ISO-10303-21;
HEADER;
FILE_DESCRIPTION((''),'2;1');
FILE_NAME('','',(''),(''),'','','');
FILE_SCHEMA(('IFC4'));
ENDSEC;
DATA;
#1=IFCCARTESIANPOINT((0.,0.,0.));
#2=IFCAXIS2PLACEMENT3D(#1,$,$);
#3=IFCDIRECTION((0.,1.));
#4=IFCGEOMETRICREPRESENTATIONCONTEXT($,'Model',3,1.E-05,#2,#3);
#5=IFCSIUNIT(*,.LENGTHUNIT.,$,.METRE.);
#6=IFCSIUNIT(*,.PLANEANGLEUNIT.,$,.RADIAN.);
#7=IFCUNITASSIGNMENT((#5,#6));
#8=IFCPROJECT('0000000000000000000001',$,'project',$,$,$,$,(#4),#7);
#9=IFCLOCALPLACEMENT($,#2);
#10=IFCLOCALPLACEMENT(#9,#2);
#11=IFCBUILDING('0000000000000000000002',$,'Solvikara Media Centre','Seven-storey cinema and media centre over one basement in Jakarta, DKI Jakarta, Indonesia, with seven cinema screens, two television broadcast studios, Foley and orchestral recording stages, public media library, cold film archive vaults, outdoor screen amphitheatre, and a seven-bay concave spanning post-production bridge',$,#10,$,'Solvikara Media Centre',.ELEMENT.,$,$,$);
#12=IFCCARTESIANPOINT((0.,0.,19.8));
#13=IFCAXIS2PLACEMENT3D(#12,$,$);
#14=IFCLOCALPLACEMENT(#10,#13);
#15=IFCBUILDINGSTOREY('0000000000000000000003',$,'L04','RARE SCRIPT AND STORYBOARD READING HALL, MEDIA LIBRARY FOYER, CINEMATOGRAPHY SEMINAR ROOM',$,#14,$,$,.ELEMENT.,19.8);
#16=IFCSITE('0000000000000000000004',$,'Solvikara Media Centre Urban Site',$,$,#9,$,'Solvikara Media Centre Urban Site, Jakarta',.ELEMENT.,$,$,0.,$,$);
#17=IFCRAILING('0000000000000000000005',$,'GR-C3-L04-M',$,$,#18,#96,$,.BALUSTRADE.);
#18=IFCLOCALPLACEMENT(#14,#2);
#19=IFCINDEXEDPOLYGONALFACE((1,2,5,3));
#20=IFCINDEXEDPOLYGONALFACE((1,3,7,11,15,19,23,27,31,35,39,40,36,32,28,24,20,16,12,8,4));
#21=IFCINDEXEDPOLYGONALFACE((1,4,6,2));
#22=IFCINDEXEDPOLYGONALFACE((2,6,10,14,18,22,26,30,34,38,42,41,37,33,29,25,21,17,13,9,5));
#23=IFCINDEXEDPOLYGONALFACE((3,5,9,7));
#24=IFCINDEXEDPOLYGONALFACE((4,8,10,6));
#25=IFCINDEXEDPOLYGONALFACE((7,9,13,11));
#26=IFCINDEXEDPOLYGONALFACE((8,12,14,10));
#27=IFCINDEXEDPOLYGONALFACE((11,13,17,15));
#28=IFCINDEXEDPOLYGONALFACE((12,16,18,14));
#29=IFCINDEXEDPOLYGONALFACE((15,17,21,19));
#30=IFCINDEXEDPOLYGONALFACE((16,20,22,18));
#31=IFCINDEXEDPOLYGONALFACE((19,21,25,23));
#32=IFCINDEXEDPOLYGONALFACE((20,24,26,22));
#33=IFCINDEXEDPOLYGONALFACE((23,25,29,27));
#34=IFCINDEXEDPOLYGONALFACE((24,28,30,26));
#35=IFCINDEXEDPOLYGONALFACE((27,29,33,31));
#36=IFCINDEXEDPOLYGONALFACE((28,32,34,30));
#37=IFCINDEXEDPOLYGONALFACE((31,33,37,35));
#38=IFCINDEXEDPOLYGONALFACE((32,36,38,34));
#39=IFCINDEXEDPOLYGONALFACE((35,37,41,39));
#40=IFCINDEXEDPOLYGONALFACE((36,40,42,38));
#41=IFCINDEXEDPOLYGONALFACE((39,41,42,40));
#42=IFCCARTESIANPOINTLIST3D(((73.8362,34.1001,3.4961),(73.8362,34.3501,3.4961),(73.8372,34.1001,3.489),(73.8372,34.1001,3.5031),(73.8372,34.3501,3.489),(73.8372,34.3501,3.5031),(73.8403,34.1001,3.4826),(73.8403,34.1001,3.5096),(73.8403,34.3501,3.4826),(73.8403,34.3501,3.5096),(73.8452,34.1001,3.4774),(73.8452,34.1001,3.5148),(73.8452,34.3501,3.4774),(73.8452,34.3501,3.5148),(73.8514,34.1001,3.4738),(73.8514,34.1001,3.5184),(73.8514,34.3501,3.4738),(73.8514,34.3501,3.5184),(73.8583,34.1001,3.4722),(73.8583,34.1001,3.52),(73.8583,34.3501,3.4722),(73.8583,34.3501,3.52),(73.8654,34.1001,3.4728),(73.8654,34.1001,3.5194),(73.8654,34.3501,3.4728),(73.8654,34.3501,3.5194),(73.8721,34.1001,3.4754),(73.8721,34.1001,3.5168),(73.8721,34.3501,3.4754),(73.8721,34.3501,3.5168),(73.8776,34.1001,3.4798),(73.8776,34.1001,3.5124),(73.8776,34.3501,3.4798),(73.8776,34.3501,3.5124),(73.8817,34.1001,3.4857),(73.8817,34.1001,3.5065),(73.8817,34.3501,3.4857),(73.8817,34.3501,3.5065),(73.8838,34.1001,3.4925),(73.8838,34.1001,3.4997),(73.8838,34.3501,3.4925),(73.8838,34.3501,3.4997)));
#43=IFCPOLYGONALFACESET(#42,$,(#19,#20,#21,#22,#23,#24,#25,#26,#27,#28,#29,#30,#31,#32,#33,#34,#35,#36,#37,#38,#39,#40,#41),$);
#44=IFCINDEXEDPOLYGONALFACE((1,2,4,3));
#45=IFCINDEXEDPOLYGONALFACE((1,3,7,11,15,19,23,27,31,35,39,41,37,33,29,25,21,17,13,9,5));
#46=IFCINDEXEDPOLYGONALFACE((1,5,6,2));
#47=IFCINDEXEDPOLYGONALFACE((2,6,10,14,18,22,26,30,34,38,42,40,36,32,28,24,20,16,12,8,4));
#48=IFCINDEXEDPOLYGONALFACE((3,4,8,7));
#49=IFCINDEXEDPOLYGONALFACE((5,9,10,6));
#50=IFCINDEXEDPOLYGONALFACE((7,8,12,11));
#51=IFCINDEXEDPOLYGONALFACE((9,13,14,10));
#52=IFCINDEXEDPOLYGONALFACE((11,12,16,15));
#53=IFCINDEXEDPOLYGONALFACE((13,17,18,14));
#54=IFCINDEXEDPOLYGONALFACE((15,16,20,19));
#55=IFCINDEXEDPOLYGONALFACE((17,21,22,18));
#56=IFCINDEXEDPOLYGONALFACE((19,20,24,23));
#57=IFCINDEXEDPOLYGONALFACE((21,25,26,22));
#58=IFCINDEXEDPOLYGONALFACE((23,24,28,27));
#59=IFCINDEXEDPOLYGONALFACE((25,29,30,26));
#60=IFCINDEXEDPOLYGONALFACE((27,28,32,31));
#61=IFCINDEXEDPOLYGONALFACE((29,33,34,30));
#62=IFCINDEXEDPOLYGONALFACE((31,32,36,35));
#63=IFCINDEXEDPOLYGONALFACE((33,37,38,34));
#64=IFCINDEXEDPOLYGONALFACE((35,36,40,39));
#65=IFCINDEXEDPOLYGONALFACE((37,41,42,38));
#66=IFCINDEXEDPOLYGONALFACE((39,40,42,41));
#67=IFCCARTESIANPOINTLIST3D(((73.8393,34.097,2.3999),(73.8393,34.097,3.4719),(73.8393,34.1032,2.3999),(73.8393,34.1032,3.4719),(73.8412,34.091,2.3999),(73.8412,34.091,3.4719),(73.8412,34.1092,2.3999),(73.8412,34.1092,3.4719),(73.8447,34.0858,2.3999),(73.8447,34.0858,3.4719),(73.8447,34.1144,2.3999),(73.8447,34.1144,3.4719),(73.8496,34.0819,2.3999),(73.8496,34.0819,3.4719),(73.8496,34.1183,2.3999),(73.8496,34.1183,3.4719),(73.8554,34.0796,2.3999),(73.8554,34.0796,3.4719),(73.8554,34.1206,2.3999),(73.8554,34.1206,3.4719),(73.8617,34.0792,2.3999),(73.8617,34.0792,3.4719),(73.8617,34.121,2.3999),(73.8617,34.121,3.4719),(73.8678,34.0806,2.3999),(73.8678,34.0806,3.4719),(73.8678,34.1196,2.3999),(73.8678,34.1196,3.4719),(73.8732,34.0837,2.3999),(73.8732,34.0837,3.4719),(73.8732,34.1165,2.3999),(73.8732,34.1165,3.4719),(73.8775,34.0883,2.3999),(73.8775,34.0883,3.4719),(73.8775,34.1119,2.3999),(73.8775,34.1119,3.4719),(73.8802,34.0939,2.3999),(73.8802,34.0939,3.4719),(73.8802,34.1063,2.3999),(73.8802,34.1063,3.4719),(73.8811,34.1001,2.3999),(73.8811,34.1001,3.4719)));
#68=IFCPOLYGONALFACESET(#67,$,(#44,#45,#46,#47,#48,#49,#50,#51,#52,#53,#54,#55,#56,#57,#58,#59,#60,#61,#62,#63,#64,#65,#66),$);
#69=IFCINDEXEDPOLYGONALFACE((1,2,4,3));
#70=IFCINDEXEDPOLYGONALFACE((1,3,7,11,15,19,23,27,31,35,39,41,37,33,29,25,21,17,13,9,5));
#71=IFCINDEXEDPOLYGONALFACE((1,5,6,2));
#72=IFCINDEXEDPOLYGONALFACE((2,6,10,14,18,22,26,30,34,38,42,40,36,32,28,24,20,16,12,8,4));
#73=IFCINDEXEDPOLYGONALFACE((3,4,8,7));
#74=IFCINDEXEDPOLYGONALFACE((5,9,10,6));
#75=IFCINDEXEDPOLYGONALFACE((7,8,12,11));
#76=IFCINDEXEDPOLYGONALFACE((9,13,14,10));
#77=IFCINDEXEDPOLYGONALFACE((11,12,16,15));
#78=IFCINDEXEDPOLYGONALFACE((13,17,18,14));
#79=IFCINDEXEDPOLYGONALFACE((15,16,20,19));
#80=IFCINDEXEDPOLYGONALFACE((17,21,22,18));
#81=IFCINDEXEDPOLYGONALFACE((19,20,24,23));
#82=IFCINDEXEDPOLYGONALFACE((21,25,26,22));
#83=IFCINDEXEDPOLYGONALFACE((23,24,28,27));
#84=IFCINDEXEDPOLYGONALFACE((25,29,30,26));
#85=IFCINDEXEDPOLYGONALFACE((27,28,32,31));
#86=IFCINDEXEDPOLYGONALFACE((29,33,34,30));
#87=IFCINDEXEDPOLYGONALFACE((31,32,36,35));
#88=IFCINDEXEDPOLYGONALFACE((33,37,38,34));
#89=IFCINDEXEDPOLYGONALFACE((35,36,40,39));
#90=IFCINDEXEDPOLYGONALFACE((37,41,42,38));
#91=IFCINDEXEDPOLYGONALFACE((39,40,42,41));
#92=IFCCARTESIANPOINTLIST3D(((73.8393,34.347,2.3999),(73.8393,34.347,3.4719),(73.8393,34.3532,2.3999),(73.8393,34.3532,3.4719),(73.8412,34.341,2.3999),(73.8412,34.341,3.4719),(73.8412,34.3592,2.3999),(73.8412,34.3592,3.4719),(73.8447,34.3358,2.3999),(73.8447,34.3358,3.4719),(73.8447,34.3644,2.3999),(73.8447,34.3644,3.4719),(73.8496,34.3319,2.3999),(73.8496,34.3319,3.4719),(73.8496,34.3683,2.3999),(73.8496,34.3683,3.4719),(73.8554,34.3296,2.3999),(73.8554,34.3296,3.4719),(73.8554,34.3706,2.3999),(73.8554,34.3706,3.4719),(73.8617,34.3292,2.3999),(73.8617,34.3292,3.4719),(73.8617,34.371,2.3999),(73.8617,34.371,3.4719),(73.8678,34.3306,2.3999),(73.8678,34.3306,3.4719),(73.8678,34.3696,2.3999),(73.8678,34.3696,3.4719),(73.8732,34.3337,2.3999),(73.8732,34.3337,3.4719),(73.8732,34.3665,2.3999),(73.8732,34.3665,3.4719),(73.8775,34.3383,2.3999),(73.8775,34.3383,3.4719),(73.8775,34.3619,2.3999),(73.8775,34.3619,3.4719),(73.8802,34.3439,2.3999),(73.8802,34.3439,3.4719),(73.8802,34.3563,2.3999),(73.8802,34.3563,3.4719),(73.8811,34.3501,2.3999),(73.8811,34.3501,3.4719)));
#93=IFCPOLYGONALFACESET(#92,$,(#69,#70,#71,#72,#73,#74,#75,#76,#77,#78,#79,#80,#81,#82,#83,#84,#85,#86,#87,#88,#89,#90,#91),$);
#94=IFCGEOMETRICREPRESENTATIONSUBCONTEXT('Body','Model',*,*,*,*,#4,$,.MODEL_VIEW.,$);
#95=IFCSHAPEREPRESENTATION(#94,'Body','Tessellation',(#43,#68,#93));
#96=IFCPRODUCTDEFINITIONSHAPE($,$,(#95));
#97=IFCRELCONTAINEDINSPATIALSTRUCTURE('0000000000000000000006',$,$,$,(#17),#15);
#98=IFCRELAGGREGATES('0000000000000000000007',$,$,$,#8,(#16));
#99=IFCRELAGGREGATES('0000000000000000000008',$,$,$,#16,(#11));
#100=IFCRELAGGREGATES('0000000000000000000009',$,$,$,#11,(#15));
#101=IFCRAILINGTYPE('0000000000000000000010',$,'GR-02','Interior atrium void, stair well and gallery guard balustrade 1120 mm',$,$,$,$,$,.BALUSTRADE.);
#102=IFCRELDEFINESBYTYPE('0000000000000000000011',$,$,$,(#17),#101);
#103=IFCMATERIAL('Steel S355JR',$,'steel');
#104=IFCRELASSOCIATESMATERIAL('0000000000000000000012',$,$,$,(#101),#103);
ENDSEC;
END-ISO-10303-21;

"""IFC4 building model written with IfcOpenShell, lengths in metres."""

from ifc_helpers import new_model, si_unit, direction, frame, origin, origin_2d, place, context, subcontext, project, spatial, circle, extrude, material, type_object, element, save


model = new_model("IFC4")

# Units and contexts
model_context = context("Model", 3, precision=1e-05, world=origin(), true_north=direction((0.0, 1.0)))
body_context = subcontext(model_context, "Body", "Model", "MODEL_VIEW")
ifc_project = project(units=[si_unit("LENGTHUNIT", "METRE"), si_unit("PLANEANGLEUNIT", "RADIAN")], contexts=[model_context])

# Site, building, storey
site_placement = place(None, origin())
site = spatial("IfcSite", under=ifc_project, at=site_placement, Name="Solvikara Media Centre Urban Site", LongName="Solvikara Media Centre Urban Site, Jakarta", CompositionType="ELEMENT", RefElevation=0.0)
building_placement = place(site_placement, origin())
building = spatial("IfcBuilding", under=site, at=building_placement, Name="Solvikara Media Centre", Description="Seven-storey cinema and media centre over one basement in Jakarta, DKI Jakarta, Indonesia, with seven cinema screens, two television broadcast studios, Foley and orchestral recording stages, public media library, cold film archive vaults, outdoor screen amphitheatre, and a seven-bay concave spanning post-production bridge", LongName="Solvikara Media Centre", CompositionType="ELEMENT")
storey_placement = place(building_placement, frame((0.0, 0.0, 19.8)))
storey = spatial("IfcBuildingStorey", under=building, at=storey_placement, Name="L04", Description="RARE SCRIPT AND STORYBOARD READING HALL, MEDIA LIBRARY FOYER, CINEMATOGRAPHY SEMINAR ROOM", CompositionType="ELEMENT", Elevation=19.8)

# Shared definitions
ifc_material_1 = material(Name="Steel S355JR", Category="steel")

# Railing
railing_type_1 = type_object("IfcRailingType", Name="GR-02", Description="Interior atrium void, stair well and gallery guard balustrade 1120 mm", PredefinedType="BALUSTRADE", material=ifc_material_1)
railing_1_placement = place(storey_placement, frame((73.8601, 34.1001, 2.3999)))
element("IfcRailing", 1, at=railing_1_placement, inside=storey, type_object=railing_type_1, Name="GR-C3-L04-M", PredefinedType="BALUSTRADE", context=body_context, shape_type="SweptSolid", body=[
    extrude(circle(Radius=0.0239, at=origin_2d()), frame((0.0, 0.0, 1.0962), z_axis=(0.0, 1.0, 0.0), x_axis=(-1.0, 0.0, 0.0)), (0.0, 0.0, 1.0), 0.25),
    extrude(circle(Radius=0.021, at=origin_2d()), origin(), (0.0, 0.0, 1.0), 1.072),
    extrude(circle(Radius=0.021, at=origin_2d()), frame((0.0, 0.25, 0.0)), (0.0, 0.0, 1.0), 1.072),
])

save(model, "model.ifc")
